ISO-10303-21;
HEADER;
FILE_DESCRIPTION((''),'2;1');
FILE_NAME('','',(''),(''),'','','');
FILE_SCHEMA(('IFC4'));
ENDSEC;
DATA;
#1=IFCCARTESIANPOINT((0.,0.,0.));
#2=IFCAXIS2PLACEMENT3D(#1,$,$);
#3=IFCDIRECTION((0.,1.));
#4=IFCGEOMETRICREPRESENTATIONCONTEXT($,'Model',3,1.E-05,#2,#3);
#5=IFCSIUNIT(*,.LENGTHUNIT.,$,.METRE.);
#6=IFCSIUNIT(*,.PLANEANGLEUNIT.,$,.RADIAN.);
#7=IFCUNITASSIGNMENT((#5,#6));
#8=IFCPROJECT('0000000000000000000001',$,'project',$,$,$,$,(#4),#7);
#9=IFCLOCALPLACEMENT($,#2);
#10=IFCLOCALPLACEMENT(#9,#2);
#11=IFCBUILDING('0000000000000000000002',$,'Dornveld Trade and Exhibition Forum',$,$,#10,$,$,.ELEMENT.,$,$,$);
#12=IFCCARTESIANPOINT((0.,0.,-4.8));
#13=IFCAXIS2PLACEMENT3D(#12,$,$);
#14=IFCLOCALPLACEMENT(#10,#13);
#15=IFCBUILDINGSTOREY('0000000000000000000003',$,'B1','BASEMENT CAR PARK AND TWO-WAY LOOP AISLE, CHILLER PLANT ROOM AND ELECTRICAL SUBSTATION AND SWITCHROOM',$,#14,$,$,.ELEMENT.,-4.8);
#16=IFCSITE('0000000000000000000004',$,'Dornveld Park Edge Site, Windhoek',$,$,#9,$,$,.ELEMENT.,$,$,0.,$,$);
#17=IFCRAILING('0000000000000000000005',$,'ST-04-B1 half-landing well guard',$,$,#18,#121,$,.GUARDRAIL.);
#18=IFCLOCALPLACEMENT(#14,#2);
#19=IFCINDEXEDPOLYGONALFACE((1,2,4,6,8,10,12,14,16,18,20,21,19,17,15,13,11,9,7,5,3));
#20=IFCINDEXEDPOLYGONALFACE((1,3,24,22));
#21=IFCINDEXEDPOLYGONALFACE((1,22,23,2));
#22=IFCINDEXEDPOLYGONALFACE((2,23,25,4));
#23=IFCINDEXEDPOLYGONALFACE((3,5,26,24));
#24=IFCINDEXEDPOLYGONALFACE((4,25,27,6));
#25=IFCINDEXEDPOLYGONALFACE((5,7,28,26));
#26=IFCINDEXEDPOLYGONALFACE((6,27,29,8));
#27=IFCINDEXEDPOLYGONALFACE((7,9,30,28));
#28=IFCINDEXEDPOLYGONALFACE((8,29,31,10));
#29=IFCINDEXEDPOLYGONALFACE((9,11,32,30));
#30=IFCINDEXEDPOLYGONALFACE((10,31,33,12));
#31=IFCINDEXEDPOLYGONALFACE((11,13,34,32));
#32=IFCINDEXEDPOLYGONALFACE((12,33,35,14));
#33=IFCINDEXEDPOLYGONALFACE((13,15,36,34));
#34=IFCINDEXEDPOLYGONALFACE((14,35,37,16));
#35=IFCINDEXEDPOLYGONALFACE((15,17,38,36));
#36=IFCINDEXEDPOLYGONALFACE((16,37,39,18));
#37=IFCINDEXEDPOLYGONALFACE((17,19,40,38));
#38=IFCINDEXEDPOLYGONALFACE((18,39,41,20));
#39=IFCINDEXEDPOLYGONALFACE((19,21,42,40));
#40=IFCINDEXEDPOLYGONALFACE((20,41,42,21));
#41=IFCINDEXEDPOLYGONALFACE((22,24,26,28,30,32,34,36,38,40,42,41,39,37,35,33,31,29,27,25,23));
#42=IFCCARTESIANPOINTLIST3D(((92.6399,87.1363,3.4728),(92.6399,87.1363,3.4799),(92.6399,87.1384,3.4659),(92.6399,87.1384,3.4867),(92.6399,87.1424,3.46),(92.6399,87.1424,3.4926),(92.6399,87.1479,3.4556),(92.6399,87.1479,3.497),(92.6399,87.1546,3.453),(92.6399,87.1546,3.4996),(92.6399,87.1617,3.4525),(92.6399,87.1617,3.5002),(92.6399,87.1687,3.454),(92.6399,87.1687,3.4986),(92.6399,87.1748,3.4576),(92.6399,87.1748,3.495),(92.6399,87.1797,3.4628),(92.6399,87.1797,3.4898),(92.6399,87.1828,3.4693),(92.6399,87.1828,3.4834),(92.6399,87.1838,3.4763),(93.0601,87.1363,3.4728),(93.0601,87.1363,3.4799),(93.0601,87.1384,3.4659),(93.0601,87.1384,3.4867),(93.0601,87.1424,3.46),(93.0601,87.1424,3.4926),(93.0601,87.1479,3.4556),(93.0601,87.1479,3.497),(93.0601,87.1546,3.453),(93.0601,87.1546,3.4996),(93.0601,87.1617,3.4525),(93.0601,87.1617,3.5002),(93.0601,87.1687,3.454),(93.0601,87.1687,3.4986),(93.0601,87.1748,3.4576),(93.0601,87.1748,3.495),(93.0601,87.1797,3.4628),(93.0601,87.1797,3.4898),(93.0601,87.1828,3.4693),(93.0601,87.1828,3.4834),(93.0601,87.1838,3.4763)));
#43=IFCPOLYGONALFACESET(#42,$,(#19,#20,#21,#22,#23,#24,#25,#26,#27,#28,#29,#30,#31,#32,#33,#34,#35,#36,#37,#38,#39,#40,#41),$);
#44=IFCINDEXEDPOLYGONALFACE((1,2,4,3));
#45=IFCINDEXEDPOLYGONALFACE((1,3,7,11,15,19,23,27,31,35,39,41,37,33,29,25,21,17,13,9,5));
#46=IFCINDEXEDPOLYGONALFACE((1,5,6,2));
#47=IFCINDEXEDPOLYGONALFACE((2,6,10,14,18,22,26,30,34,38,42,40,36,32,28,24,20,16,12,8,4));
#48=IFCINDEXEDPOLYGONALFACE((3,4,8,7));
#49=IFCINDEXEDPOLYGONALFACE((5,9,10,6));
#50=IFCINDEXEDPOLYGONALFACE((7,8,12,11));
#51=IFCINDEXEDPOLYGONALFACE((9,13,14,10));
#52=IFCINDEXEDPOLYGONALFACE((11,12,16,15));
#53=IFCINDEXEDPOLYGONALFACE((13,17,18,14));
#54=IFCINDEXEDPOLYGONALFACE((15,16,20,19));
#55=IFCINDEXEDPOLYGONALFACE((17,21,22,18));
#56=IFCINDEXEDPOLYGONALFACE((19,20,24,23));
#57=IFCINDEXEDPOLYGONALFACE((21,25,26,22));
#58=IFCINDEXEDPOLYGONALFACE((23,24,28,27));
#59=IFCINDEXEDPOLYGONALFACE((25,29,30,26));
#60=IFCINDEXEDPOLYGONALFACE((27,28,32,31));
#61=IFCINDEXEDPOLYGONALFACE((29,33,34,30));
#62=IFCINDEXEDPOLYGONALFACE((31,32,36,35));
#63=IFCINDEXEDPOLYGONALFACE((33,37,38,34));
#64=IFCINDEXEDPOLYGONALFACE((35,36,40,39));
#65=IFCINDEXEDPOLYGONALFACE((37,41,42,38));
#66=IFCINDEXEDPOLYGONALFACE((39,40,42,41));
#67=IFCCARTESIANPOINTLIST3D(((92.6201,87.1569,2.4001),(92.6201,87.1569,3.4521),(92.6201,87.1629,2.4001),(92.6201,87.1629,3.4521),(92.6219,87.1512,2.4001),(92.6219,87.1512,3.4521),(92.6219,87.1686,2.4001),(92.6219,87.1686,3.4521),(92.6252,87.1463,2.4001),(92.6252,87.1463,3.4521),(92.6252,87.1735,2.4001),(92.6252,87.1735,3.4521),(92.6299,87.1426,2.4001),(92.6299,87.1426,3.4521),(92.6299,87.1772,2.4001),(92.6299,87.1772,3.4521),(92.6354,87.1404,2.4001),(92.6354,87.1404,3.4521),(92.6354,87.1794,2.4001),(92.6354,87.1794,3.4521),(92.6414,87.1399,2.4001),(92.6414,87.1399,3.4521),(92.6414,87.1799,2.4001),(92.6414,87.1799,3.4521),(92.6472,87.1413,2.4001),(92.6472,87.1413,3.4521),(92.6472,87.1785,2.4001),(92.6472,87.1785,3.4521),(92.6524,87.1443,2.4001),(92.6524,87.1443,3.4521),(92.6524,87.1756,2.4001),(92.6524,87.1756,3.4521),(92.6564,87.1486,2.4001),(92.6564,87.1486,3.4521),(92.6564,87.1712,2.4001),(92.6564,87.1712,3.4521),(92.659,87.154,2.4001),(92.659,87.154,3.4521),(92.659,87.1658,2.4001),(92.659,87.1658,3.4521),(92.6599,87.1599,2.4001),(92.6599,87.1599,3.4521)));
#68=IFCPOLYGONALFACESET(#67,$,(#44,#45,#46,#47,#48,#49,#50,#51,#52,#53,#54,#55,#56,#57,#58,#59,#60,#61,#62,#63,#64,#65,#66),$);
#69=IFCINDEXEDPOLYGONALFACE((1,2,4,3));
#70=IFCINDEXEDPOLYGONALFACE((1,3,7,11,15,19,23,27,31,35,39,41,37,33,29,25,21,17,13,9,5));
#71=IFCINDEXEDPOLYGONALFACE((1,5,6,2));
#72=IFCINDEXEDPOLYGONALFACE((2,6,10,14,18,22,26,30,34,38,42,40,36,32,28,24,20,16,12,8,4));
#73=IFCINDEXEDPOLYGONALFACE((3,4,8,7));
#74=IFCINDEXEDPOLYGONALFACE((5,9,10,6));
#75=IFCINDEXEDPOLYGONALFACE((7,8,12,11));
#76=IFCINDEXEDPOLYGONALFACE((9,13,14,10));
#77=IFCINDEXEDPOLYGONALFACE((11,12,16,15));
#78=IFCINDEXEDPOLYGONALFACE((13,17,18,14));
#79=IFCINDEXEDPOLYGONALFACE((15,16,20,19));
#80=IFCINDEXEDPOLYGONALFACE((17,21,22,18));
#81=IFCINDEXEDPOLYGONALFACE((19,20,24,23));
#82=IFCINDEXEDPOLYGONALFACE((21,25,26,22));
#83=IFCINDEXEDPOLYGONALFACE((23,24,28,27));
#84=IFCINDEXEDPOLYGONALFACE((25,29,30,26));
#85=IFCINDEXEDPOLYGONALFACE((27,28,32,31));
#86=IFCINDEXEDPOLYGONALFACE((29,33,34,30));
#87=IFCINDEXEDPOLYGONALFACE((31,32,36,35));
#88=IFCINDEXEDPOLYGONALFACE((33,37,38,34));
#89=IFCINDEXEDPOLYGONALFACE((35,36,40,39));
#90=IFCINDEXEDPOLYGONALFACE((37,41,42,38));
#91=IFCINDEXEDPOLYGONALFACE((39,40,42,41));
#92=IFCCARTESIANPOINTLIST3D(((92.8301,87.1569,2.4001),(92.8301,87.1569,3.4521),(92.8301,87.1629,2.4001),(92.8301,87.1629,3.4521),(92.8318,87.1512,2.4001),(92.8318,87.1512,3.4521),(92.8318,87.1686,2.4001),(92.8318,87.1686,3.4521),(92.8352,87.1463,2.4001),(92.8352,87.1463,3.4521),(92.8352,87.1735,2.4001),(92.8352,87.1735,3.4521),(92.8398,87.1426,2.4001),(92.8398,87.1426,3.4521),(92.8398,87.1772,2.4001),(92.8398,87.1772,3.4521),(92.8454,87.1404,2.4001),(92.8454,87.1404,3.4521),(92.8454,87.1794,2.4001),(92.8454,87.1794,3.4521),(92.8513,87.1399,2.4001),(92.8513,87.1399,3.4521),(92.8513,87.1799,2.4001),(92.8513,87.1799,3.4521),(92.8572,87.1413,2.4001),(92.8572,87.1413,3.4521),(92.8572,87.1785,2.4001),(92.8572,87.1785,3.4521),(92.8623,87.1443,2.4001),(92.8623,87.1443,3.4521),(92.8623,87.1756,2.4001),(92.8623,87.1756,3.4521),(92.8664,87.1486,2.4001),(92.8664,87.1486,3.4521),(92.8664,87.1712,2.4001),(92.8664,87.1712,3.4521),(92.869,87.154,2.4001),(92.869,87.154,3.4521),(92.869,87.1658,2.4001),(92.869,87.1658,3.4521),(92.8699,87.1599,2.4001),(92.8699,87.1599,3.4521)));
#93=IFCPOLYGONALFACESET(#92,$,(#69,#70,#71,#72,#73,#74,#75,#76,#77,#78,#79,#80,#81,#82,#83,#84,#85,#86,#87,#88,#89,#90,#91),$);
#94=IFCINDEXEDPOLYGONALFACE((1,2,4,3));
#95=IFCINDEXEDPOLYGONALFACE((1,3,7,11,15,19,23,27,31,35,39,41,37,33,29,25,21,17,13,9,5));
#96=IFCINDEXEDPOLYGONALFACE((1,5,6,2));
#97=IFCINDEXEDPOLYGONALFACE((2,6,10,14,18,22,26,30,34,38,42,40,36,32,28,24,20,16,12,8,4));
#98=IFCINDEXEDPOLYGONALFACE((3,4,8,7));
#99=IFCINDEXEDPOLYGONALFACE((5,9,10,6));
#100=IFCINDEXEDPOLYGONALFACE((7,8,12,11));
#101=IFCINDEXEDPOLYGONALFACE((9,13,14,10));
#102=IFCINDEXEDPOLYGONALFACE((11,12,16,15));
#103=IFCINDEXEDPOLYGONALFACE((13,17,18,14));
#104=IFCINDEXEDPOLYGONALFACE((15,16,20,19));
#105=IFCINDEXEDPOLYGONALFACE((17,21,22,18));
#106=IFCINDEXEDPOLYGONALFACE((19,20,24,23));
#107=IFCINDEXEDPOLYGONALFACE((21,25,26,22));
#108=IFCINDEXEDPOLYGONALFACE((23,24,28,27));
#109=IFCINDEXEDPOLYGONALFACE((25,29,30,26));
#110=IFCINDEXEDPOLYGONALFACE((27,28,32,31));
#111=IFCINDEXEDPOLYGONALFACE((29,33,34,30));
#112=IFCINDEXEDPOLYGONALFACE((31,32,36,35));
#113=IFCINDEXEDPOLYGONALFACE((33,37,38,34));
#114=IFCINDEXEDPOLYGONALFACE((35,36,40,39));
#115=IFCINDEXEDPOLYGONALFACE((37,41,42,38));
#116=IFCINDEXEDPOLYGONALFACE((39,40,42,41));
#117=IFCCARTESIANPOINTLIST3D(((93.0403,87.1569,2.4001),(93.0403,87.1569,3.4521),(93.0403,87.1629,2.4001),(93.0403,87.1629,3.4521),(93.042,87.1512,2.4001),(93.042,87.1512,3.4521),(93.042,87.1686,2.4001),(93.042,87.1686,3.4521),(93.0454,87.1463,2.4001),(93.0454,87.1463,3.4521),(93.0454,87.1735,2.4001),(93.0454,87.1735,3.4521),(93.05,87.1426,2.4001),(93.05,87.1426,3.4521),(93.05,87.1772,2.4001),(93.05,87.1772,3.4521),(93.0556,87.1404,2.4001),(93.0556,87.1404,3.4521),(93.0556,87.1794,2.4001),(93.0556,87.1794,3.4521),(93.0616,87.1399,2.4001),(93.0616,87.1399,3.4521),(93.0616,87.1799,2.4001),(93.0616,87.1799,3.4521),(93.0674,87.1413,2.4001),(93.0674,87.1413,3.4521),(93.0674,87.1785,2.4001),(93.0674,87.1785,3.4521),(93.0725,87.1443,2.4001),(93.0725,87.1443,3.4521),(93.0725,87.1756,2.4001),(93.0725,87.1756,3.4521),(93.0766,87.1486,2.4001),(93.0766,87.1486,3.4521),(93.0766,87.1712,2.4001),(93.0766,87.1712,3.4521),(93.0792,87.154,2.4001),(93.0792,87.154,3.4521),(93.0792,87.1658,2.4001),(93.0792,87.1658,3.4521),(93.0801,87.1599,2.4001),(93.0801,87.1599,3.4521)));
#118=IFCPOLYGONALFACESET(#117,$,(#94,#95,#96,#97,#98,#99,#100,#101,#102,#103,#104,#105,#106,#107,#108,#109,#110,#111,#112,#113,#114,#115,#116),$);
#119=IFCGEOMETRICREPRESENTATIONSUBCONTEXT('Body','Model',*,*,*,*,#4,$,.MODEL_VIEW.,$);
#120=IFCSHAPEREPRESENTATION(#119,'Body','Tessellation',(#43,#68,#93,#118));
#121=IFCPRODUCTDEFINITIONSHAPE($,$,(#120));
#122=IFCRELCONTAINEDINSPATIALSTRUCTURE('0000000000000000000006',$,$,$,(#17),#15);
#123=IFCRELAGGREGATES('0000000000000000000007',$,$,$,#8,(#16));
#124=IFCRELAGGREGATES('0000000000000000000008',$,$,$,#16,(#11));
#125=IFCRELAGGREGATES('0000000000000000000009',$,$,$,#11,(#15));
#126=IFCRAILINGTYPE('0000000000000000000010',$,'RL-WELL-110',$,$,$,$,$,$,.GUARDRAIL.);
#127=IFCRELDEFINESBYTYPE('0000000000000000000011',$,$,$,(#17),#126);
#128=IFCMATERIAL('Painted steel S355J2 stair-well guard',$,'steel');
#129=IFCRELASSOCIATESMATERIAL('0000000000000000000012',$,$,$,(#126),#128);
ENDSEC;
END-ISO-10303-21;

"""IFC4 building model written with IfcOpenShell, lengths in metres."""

from ifc_helpers import new_model, si_unit, direction, frame, origin, origin_2d, place, context, subcontext, project, spatial, circle, extrude, material, type_object, element, save


model = new_model("IFC4")

# Units and contexts
model_context = context("Model", 3, precision=1e-05, world=origin(), true_north=direction((0.0, 1.0)))
body_context = subcontext(model_context, "Body", "Model", "MODEL_VIEW")
ifc_project = project(units=[si_unit("LENGTHUNIT", "METRE"), si_unit("PLANEANGLEUNIT", "RADIAN")], contexts=[model_context])

# Site, building, storey
site_placement = place(None, origin())
site = spatial("IfcSite", under=ifc_project, at=site_placement, Name="Dornveld Park Edge Site, Windhoek", CompositionType="ELEMENT", RefElevation=0.0)
building_placement = place(site_placement, origin())
building = spatial("IfcBuilding", under=site, at=building_placement, Name="Dornveld Trade and Exhibition Forum", CompositionType="ELEMENT")
storey_placement = place(building_placement, frame((0.0, 0.0, -4.8)))
storey = spatial("IfcBuildingStorey", under=building, at=storey_placement, Name="B1", Description="BASEMENT CAR PARK AND TWO-WAY LOOP AISLE, CHILLER PLANT ROOM AND ELECTRICAL SUBSTATION AND SWITCHROOM", CompositionType="ELEMENT", Elevation=-4.8)

# Railing
ifc_material_1 = material(Name="Painted steel S355J2 stair-well guard", Category="steel")
railing_type_1 = type_object("IfcRailingType", Name="RL-WELL-110", PredefinedType="GUARDRAIL", material=ifc_material_1)
railing_1_placement = place(storey_placement, frame((92.6399, 87.1599, 2.4001)))
element("IfcRailing", 1, at=railing_1_placement, inside=storey, type_object=railing_type_1, Name="ST-04-B1 half-landing well guard", PredefinedType="GUARDRAIL", context=body_context, shape_type="SweptSolid", body=[
    extrude(circle(Radius=0.0239, at=origin_2d()), frame((0.0, 0.0, 1.0762), z_axis=(1.0, 0.0, 0.0), x_axis=(0.0, 1.0, 0.0)), (0.0, 0.0, 1.0), 0.4202),
    extrude(circle(Radius=0.02, at=origin_2d()), origin(), (0.0, 0.0, 1.0), 1.052),
    extrude(circle(Radius=0.02, at=origin_2d()), frame((0.21, 0.0, 0.0)), (0.0, 0.0, 1.0), 1.052),
    extrude(circle(Radius=0.02, at=origin_2d()), frame((0.4202, 0.0, 0.0)), (0.0, 0.0, 1.0), 1.052),
])

save(model, "model.ifc")
